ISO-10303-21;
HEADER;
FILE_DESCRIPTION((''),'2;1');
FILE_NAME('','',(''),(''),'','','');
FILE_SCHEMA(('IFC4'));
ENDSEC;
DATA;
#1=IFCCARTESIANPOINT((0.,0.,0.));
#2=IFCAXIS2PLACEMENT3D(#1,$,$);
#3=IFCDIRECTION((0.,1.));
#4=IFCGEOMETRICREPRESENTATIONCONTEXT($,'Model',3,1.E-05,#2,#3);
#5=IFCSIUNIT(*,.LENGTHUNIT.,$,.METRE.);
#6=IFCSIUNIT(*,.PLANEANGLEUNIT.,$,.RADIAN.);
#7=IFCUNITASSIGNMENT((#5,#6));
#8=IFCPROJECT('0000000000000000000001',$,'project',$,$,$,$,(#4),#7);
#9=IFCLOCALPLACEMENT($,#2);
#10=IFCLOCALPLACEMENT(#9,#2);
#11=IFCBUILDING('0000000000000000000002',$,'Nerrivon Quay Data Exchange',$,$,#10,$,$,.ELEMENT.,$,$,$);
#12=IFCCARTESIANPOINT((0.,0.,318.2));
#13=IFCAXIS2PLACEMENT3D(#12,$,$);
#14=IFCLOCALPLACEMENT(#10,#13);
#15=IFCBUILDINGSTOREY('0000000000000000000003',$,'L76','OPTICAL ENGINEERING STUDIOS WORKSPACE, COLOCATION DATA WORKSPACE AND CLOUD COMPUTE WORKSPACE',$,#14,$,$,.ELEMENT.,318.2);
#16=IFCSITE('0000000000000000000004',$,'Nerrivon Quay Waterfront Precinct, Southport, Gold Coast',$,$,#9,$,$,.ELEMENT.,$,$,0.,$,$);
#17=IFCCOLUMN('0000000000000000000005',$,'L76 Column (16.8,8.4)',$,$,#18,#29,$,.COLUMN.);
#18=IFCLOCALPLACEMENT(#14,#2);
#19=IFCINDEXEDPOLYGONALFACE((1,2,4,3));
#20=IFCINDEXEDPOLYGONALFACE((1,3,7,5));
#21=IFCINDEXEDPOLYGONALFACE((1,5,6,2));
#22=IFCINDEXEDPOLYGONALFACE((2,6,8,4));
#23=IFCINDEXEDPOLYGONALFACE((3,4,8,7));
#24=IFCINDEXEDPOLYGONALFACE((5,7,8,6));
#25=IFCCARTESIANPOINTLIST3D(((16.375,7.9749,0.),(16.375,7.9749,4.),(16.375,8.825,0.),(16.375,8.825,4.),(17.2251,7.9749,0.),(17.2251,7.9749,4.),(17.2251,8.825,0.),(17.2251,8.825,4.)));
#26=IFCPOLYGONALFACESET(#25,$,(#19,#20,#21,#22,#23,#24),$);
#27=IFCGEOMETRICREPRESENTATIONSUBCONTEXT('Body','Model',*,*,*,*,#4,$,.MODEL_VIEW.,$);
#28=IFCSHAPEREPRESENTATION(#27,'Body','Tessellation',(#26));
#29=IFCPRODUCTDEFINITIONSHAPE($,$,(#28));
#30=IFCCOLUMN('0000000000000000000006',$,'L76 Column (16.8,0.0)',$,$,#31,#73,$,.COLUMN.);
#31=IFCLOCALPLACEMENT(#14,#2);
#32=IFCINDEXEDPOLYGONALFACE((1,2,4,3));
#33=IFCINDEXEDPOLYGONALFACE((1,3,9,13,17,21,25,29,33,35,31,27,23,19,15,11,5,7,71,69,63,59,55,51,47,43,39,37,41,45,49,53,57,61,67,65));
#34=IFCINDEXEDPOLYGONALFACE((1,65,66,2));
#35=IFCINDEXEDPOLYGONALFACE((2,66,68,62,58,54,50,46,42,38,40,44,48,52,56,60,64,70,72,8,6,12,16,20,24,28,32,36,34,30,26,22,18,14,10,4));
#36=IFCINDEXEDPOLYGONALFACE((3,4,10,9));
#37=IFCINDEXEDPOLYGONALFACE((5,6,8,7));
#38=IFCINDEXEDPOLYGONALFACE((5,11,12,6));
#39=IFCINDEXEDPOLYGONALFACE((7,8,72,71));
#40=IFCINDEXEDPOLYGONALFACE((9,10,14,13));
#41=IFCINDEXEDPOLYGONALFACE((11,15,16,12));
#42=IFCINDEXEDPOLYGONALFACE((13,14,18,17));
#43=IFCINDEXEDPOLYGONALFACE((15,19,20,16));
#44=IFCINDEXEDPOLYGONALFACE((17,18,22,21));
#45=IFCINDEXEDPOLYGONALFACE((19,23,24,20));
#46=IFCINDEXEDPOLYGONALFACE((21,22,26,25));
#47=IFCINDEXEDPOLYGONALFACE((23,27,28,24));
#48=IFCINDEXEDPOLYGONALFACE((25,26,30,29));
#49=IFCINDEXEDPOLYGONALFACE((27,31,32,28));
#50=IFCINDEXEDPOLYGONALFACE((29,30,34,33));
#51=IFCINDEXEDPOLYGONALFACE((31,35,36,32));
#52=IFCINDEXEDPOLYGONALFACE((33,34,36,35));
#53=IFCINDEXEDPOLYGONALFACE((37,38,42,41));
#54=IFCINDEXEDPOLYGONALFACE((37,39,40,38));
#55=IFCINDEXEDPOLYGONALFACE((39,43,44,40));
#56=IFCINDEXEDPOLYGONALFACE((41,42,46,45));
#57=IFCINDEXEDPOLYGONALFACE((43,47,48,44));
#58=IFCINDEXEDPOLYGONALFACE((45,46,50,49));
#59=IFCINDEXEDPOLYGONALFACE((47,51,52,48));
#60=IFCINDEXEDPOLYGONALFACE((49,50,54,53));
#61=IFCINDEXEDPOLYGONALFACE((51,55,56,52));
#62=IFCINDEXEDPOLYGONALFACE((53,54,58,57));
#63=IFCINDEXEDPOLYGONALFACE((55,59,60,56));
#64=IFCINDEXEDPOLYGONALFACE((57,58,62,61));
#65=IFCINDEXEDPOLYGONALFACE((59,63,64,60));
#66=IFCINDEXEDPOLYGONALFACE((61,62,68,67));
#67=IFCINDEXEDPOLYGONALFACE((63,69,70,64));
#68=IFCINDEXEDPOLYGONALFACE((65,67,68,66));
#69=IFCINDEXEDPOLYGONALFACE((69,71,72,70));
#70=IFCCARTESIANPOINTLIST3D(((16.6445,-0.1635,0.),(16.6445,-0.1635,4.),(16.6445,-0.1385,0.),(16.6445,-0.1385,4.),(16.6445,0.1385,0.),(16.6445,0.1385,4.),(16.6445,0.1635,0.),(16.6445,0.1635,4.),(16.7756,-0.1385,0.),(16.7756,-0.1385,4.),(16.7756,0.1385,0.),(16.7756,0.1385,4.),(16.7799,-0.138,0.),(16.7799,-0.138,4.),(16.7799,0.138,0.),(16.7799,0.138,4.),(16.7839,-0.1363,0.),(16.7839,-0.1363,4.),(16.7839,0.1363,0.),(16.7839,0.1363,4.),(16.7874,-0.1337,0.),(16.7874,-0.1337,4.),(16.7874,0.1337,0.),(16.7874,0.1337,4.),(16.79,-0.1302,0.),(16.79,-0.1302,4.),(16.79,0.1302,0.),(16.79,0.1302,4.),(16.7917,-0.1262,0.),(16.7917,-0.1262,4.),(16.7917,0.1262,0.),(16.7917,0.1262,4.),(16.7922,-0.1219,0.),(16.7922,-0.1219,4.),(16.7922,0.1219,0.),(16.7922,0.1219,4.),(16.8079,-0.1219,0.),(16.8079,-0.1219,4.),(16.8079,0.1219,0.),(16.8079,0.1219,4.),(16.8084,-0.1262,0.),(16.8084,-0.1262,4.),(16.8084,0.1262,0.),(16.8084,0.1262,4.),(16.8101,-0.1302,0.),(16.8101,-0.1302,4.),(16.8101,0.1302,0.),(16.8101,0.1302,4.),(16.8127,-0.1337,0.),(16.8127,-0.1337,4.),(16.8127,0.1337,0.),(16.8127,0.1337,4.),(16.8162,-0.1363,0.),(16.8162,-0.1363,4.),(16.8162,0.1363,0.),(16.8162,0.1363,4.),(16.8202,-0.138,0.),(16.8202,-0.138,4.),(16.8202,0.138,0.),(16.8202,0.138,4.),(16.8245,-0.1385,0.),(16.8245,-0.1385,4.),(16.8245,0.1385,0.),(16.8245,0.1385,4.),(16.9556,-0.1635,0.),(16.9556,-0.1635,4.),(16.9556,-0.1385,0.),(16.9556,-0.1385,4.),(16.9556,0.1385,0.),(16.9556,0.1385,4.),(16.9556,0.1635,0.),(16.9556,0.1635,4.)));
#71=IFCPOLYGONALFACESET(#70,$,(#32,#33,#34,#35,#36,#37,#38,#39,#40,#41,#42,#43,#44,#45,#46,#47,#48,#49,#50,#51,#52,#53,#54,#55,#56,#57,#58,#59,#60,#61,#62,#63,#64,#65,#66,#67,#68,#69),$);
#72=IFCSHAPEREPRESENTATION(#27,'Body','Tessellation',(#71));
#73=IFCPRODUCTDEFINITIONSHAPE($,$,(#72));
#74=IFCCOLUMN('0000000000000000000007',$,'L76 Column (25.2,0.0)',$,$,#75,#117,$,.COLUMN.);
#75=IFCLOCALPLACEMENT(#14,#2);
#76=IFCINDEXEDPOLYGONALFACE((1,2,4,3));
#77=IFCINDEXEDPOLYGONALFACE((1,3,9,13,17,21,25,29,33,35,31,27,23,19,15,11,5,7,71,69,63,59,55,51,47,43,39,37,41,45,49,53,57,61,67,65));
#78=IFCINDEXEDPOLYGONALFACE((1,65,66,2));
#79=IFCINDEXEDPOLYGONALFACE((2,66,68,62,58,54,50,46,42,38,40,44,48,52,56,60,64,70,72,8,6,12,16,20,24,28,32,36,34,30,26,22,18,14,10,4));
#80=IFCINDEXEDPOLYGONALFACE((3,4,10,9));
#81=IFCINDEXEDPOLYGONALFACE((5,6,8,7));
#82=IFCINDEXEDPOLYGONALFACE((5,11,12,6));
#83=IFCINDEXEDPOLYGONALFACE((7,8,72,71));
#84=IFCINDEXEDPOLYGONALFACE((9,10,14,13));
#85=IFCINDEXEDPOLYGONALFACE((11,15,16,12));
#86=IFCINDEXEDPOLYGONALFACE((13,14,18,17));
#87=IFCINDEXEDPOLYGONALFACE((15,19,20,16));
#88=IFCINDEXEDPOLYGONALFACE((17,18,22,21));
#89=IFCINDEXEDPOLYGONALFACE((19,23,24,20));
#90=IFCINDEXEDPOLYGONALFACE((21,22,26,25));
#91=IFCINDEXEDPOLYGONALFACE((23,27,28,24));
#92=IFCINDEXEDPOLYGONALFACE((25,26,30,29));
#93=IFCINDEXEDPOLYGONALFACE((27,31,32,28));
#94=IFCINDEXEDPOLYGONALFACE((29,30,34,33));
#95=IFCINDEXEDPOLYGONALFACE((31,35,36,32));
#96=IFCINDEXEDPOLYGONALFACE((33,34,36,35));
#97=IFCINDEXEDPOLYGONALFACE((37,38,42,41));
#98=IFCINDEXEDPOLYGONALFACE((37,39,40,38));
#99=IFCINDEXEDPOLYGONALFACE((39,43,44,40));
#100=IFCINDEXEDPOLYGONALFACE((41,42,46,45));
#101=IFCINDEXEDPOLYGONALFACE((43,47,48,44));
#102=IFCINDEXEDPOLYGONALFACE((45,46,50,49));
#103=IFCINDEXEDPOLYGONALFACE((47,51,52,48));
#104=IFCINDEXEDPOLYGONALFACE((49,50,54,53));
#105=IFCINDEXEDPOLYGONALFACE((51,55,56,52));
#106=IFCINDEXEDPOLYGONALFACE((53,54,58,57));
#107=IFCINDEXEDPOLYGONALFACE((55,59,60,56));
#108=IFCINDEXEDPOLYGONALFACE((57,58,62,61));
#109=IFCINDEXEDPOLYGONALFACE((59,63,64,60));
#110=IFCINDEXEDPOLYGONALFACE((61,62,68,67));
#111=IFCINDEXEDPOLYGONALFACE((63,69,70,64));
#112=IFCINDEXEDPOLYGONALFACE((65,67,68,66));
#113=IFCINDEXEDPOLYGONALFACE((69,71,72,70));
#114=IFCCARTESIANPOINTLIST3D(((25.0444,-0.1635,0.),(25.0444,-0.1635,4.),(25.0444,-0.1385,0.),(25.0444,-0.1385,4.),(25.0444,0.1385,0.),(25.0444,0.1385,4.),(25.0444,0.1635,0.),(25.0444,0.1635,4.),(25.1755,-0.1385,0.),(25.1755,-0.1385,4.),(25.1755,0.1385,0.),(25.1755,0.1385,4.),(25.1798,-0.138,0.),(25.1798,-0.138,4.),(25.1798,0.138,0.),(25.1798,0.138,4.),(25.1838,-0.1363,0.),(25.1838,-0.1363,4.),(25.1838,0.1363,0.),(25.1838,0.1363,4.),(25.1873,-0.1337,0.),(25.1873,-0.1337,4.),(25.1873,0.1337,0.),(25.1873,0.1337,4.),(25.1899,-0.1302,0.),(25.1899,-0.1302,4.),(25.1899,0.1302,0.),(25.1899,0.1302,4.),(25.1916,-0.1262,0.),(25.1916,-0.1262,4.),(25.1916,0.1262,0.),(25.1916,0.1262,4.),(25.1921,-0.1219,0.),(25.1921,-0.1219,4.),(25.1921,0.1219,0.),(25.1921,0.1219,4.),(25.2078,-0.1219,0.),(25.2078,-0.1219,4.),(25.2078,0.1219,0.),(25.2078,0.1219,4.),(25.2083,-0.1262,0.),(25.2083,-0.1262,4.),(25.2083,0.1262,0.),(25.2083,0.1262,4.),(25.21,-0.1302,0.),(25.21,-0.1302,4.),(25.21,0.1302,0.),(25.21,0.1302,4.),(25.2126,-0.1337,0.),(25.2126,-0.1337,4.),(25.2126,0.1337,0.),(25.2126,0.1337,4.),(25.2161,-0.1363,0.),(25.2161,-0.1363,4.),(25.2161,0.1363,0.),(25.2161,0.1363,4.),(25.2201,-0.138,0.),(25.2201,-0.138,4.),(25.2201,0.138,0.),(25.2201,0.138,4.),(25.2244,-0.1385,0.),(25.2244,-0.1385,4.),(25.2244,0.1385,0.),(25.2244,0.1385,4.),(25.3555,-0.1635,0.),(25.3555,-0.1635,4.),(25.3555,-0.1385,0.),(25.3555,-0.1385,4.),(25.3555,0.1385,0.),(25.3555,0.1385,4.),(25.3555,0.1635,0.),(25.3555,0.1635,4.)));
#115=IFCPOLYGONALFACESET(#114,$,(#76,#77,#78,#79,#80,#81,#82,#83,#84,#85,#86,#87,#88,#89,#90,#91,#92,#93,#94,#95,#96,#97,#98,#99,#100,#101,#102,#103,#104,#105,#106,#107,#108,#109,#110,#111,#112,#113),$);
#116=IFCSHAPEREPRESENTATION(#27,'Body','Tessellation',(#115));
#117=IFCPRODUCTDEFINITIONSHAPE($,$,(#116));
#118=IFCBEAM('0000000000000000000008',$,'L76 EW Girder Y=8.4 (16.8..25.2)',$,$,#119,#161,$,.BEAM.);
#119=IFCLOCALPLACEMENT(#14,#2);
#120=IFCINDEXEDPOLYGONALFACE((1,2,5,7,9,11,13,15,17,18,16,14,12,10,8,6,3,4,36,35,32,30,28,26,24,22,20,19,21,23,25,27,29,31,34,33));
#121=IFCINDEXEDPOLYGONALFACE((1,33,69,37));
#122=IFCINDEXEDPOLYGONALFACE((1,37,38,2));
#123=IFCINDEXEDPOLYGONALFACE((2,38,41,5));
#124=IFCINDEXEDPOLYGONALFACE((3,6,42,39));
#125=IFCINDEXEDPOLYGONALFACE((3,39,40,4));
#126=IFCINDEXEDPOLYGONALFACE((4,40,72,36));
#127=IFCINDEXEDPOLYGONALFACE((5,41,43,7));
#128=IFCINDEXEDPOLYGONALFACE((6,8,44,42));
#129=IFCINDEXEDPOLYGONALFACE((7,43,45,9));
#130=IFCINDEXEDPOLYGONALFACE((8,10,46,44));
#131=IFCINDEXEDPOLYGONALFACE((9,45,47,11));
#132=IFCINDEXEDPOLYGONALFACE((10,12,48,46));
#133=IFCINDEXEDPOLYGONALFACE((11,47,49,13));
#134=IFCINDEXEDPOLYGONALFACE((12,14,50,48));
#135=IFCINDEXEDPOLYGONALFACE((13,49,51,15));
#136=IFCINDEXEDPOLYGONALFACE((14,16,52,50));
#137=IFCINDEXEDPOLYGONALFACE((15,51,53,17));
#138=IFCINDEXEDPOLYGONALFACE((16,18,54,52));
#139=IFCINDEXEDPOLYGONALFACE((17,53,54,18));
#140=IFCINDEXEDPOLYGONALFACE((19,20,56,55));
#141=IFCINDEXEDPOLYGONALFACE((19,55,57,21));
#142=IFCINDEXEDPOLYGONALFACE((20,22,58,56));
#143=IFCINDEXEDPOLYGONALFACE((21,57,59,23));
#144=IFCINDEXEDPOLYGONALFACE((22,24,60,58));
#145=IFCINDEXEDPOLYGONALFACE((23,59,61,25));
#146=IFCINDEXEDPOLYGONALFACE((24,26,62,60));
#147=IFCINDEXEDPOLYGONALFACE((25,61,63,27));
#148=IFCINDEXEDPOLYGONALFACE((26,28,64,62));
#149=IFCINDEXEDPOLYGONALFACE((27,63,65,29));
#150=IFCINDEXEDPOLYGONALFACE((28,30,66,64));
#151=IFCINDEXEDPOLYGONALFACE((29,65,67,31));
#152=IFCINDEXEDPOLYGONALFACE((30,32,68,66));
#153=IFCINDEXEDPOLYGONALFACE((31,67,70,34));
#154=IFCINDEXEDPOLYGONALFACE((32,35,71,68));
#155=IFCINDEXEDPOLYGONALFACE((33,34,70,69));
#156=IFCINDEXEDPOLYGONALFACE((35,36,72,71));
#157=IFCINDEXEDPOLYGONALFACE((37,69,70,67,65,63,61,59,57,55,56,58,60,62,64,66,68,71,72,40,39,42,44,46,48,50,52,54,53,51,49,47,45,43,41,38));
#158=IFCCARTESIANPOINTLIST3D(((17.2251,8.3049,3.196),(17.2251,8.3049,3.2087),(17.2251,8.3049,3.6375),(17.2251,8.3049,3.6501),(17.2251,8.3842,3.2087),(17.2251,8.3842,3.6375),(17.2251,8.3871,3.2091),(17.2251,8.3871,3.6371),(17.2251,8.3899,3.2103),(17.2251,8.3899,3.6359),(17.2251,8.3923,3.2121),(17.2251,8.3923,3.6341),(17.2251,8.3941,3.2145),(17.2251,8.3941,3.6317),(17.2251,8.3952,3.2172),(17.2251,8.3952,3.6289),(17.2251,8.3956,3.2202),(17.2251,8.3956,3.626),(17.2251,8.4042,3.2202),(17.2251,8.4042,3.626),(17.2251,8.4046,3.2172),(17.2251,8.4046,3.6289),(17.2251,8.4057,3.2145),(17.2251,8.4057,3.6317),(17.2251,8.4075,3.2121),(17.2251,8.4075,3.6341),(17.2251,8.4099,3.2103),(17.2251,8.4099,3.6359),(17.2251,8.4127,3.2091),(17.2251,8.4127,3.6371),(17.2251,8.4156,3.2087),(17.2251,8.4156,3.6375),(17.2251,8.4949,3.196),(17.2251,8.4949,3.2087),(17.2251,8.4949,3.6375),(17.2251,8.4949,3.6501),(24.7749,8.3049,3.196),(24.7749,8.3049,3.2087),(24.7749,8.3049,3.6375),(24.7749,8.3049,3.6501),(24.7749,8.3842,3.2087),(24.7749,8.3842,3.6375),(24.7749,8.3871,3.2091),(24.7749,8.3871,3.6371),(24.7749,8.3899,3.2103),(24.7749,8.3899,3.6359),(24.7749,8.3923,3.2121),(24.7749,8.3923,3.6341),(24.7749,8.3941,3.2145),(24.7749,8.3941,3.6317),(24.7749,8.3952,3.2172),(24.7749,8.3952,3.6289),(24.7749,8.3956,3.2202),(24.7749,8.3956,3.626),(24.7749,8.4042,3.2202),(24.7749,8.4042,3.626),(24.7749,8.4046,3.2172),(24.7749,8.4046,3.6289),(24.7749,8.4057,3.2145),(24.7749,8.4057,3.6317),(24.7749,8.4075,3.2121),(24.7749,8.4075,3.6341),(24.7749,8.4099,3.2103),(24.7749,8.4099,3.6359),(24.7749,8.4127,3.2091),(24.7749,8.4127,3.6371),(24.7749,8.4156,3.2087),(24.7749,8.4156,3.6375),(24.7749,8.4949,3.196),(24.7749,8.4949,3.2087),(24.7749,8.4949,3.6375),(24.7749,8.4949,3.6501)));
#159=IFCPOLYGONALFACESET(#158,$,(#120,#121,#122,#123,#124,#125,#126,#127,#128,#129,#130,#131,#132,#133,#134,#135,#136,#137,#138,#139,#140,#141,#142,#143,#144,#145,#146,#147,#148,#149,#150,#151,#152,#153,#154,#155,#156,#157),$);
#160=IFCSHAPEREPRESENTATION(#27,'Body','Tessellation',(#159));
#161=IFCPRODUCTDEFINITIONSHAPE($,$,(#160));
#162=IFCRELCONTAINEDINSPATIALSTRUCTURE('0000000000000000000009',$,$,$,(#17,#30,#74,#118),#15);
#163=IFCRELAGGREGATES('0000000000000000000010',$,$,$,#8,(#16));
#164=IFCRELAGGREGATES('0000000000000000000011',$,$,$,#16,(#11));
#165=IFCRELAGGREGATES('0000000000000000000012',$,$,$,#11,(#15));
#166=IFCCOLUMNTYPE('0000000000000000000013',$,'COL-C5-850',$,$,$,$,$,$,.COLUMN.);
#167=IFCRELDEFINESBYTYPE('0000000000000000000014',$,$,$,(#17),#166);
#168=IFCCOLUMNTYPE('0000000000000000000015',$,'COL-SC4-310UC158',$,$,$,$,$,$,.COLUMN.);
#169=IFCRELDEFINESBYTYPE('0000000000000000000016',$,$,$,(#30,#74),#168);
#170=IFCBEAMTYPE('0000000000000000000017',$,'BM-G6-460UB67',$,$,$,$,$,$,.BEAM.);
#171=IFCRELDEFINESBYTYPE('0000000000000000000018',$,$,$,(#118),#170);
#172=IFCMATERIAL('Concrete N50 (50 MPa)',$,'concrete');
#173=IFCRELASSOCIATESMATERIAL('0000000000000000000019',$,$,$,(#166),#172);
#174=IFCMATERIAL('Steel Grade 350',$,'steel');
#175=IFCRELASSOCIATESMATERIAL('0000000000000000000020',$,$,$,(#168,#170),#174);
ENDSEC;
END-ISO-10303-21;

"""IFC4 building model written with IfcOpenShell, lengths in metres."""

from ifc_helpers import new_model, si_unit, direction, frame, origin, origin_2d, place, context, subcontext, project, spatial, rectangle, i_section, extrude, material, material_profile, profile_set, type_object, element, save


model = new_model("IFC4")

# Units and contexts
model_context = context("Model", 3, precision=1e-05, world=origin(), true_north=direction((0.0, 1.0)))
body_context = subcontext(model_context, "Body", "Model", "MODEL_VIEW")
ifc_project = project(units=[si_unit("LENGTHUNIT", "METRE"), si_unit("PLANEANGLEUNIT", "RADIAN")], contexts=[model_context])

# Site, building, storey
site_placement = place(None, origin())
site = spatial("IfcSite", under=ifc_project, at=site_placement, Name="Nerrivon Quay Waterfront Precinct, Southport, Gold Coast", CompositionType="ELEMENT", RefElevation=0.0)
building_placement = place(site_placement, origin())
building = spatial("IfcBuilding", under=site, at=building_placement, Name="Nerrivon Quay Data Exchange", CompositionType="ELEMENT")
storey_placement = place(building_placement, frame((0.0, 0.0, 318.2)))
storey = spatial("IfcBuildingStorey", under=building, at=storey_placement, Name="L76", Description="OPTICAL ENGINEERING STUDIOS WORKSPACE, COLOCATION DATA WORKSPACE AND CLOUD COMPUTE WORKSPACE", CompositionType="ELEMENT", Elevation=318.2)

# Columns
ifc_material_1 = material(Name="Concrete N50 (50 MPa)", Category="concrete")
ifc_material_profile_1 = material_profile(ifc_material_1, rectangle(XDim=0.8501, YDim=0.8501, at=origin_2d()), Name="RC-COL-850x850")
ifc_profile_set_1 = profile_set([ifc_material_profile_1], Name="Concrete N50 (50 MPa)")
column_type_1 = type_object("IfcColumnType", Name="COL-C5-850", PredefinedType="COLUMN", material=ifc_profile_set_1)
column_placement = place(storey_placement, frame((16.8, 8.3999, 0.0), z_axis=(0.0, 0.0, 1.0), x_axis=(1.0, 0.0, 0.0)))
element("IfcColumn", 1, at=column_placement, inside=storey, type_object=column_type_1, Name="L76 Column (16.8,8.4)", PredefinedType="COLUMN", context=body_context, shape_type="SweptSolid", body=[
    extrude(rectangle(XDim=0.8501, YDim=0.8501, at=origin_2d()), origin(), (0.0, 0.0, 1.0), 4.0),
])
ifc_material_2 = material(Name="Steel Grade 350", Category="steel")
ifc_material_profile_2 = material_profile(ifc_material_2, i_section(OverallWidth=0.311, OverallDepth=0.3269, WebThickness=0.0156, FlangeThickness=0.0249, FilletRadius=0.0166, at=origin_2d()), Name="310UC158")
ifc_profile_set_2 = profile_set([ifc_material_profile_2], Name="Steel Grade 350")
column_type_2 = type_object("IfcColumnType", Name="COL-SC4-310UC158", PredefinedType="COLUMN", material=ifc_profile_set_2)
for number, where, z_axis, x_axis, name in (
    (2, (16.8, 0.0, 0.0), (0.0, 0.0, 1.0), (1.0, 0.0, 0.0), "L76 Column (16.8,0.0)"),
    (3, (25.2, 0.0, 0.0), (0.0, 0.0, 1.0), (1.0, 0.0, 0.0), "L76 Column (25.2,0.0)"),
):
    element("IfcColumn", number, at=place(storey_placement, frame(where, z_axis=z_axis, x_axis=x_axis)), inside=storey, type_object=column_type_2, Name=name, PredefinedType="COLUMN", context=body_context, shape_type="SweptSolid", body=[
        extrude(i_section(OverallWidth=0.311, OverallDepth=0.3269, WebThickness=0.0156, FlangeThickness=0.0249, FilletRadius=0.0166, at=origin_2d()), origin(), (0.0, 0.0, 1.0), 4.0),
    ])

# Beam
ifc_material_profile_3 = material_profile(ifc_material_2, i_section(OverallWidth=0.1899, OverallDepth=0.4541, WebThickness=0.0085, FlangeThickness=0.0127, FilletRadius=0.0115, at=origin_2d()), Name="460UB67.1")
ifc_profile_set_3 = profile_set([ifc_material_profile_3], Name="Steel Grade 350")
beam_type_1 = type_object("IfcBeamType", Name="BM-G6-460UB67", PredefinedType="BEAM", material=ifc_profile_set_3)
beam_1_placement = place(storey_placement, frame((17.2251, 8.3999, 3.4231), z_axis=(1.0, 0.0, 0.0), x_axis=(0.0, 1.0, 0.0)))
element("IfcBeam", 4, at=beam_1_placement, inside=storey, type_object=beam_type_1, Name="L76 EW Girder Y=8.4 (16.8..25.2)", PredefinedType="BEAM", context=body_context, shape_type="SweptSolid", body=[
    extrude(i_section(OverallWidth=0.1899, OverallDepth=0.4541, WebThickness=0.0085, FlangeThickness=0.0127, FilletRadius=0.0115, at=origin_2d()), origin(), (0.0, 0.0, 1.0), 7.5498),
])

save(model, "model.ifc")
